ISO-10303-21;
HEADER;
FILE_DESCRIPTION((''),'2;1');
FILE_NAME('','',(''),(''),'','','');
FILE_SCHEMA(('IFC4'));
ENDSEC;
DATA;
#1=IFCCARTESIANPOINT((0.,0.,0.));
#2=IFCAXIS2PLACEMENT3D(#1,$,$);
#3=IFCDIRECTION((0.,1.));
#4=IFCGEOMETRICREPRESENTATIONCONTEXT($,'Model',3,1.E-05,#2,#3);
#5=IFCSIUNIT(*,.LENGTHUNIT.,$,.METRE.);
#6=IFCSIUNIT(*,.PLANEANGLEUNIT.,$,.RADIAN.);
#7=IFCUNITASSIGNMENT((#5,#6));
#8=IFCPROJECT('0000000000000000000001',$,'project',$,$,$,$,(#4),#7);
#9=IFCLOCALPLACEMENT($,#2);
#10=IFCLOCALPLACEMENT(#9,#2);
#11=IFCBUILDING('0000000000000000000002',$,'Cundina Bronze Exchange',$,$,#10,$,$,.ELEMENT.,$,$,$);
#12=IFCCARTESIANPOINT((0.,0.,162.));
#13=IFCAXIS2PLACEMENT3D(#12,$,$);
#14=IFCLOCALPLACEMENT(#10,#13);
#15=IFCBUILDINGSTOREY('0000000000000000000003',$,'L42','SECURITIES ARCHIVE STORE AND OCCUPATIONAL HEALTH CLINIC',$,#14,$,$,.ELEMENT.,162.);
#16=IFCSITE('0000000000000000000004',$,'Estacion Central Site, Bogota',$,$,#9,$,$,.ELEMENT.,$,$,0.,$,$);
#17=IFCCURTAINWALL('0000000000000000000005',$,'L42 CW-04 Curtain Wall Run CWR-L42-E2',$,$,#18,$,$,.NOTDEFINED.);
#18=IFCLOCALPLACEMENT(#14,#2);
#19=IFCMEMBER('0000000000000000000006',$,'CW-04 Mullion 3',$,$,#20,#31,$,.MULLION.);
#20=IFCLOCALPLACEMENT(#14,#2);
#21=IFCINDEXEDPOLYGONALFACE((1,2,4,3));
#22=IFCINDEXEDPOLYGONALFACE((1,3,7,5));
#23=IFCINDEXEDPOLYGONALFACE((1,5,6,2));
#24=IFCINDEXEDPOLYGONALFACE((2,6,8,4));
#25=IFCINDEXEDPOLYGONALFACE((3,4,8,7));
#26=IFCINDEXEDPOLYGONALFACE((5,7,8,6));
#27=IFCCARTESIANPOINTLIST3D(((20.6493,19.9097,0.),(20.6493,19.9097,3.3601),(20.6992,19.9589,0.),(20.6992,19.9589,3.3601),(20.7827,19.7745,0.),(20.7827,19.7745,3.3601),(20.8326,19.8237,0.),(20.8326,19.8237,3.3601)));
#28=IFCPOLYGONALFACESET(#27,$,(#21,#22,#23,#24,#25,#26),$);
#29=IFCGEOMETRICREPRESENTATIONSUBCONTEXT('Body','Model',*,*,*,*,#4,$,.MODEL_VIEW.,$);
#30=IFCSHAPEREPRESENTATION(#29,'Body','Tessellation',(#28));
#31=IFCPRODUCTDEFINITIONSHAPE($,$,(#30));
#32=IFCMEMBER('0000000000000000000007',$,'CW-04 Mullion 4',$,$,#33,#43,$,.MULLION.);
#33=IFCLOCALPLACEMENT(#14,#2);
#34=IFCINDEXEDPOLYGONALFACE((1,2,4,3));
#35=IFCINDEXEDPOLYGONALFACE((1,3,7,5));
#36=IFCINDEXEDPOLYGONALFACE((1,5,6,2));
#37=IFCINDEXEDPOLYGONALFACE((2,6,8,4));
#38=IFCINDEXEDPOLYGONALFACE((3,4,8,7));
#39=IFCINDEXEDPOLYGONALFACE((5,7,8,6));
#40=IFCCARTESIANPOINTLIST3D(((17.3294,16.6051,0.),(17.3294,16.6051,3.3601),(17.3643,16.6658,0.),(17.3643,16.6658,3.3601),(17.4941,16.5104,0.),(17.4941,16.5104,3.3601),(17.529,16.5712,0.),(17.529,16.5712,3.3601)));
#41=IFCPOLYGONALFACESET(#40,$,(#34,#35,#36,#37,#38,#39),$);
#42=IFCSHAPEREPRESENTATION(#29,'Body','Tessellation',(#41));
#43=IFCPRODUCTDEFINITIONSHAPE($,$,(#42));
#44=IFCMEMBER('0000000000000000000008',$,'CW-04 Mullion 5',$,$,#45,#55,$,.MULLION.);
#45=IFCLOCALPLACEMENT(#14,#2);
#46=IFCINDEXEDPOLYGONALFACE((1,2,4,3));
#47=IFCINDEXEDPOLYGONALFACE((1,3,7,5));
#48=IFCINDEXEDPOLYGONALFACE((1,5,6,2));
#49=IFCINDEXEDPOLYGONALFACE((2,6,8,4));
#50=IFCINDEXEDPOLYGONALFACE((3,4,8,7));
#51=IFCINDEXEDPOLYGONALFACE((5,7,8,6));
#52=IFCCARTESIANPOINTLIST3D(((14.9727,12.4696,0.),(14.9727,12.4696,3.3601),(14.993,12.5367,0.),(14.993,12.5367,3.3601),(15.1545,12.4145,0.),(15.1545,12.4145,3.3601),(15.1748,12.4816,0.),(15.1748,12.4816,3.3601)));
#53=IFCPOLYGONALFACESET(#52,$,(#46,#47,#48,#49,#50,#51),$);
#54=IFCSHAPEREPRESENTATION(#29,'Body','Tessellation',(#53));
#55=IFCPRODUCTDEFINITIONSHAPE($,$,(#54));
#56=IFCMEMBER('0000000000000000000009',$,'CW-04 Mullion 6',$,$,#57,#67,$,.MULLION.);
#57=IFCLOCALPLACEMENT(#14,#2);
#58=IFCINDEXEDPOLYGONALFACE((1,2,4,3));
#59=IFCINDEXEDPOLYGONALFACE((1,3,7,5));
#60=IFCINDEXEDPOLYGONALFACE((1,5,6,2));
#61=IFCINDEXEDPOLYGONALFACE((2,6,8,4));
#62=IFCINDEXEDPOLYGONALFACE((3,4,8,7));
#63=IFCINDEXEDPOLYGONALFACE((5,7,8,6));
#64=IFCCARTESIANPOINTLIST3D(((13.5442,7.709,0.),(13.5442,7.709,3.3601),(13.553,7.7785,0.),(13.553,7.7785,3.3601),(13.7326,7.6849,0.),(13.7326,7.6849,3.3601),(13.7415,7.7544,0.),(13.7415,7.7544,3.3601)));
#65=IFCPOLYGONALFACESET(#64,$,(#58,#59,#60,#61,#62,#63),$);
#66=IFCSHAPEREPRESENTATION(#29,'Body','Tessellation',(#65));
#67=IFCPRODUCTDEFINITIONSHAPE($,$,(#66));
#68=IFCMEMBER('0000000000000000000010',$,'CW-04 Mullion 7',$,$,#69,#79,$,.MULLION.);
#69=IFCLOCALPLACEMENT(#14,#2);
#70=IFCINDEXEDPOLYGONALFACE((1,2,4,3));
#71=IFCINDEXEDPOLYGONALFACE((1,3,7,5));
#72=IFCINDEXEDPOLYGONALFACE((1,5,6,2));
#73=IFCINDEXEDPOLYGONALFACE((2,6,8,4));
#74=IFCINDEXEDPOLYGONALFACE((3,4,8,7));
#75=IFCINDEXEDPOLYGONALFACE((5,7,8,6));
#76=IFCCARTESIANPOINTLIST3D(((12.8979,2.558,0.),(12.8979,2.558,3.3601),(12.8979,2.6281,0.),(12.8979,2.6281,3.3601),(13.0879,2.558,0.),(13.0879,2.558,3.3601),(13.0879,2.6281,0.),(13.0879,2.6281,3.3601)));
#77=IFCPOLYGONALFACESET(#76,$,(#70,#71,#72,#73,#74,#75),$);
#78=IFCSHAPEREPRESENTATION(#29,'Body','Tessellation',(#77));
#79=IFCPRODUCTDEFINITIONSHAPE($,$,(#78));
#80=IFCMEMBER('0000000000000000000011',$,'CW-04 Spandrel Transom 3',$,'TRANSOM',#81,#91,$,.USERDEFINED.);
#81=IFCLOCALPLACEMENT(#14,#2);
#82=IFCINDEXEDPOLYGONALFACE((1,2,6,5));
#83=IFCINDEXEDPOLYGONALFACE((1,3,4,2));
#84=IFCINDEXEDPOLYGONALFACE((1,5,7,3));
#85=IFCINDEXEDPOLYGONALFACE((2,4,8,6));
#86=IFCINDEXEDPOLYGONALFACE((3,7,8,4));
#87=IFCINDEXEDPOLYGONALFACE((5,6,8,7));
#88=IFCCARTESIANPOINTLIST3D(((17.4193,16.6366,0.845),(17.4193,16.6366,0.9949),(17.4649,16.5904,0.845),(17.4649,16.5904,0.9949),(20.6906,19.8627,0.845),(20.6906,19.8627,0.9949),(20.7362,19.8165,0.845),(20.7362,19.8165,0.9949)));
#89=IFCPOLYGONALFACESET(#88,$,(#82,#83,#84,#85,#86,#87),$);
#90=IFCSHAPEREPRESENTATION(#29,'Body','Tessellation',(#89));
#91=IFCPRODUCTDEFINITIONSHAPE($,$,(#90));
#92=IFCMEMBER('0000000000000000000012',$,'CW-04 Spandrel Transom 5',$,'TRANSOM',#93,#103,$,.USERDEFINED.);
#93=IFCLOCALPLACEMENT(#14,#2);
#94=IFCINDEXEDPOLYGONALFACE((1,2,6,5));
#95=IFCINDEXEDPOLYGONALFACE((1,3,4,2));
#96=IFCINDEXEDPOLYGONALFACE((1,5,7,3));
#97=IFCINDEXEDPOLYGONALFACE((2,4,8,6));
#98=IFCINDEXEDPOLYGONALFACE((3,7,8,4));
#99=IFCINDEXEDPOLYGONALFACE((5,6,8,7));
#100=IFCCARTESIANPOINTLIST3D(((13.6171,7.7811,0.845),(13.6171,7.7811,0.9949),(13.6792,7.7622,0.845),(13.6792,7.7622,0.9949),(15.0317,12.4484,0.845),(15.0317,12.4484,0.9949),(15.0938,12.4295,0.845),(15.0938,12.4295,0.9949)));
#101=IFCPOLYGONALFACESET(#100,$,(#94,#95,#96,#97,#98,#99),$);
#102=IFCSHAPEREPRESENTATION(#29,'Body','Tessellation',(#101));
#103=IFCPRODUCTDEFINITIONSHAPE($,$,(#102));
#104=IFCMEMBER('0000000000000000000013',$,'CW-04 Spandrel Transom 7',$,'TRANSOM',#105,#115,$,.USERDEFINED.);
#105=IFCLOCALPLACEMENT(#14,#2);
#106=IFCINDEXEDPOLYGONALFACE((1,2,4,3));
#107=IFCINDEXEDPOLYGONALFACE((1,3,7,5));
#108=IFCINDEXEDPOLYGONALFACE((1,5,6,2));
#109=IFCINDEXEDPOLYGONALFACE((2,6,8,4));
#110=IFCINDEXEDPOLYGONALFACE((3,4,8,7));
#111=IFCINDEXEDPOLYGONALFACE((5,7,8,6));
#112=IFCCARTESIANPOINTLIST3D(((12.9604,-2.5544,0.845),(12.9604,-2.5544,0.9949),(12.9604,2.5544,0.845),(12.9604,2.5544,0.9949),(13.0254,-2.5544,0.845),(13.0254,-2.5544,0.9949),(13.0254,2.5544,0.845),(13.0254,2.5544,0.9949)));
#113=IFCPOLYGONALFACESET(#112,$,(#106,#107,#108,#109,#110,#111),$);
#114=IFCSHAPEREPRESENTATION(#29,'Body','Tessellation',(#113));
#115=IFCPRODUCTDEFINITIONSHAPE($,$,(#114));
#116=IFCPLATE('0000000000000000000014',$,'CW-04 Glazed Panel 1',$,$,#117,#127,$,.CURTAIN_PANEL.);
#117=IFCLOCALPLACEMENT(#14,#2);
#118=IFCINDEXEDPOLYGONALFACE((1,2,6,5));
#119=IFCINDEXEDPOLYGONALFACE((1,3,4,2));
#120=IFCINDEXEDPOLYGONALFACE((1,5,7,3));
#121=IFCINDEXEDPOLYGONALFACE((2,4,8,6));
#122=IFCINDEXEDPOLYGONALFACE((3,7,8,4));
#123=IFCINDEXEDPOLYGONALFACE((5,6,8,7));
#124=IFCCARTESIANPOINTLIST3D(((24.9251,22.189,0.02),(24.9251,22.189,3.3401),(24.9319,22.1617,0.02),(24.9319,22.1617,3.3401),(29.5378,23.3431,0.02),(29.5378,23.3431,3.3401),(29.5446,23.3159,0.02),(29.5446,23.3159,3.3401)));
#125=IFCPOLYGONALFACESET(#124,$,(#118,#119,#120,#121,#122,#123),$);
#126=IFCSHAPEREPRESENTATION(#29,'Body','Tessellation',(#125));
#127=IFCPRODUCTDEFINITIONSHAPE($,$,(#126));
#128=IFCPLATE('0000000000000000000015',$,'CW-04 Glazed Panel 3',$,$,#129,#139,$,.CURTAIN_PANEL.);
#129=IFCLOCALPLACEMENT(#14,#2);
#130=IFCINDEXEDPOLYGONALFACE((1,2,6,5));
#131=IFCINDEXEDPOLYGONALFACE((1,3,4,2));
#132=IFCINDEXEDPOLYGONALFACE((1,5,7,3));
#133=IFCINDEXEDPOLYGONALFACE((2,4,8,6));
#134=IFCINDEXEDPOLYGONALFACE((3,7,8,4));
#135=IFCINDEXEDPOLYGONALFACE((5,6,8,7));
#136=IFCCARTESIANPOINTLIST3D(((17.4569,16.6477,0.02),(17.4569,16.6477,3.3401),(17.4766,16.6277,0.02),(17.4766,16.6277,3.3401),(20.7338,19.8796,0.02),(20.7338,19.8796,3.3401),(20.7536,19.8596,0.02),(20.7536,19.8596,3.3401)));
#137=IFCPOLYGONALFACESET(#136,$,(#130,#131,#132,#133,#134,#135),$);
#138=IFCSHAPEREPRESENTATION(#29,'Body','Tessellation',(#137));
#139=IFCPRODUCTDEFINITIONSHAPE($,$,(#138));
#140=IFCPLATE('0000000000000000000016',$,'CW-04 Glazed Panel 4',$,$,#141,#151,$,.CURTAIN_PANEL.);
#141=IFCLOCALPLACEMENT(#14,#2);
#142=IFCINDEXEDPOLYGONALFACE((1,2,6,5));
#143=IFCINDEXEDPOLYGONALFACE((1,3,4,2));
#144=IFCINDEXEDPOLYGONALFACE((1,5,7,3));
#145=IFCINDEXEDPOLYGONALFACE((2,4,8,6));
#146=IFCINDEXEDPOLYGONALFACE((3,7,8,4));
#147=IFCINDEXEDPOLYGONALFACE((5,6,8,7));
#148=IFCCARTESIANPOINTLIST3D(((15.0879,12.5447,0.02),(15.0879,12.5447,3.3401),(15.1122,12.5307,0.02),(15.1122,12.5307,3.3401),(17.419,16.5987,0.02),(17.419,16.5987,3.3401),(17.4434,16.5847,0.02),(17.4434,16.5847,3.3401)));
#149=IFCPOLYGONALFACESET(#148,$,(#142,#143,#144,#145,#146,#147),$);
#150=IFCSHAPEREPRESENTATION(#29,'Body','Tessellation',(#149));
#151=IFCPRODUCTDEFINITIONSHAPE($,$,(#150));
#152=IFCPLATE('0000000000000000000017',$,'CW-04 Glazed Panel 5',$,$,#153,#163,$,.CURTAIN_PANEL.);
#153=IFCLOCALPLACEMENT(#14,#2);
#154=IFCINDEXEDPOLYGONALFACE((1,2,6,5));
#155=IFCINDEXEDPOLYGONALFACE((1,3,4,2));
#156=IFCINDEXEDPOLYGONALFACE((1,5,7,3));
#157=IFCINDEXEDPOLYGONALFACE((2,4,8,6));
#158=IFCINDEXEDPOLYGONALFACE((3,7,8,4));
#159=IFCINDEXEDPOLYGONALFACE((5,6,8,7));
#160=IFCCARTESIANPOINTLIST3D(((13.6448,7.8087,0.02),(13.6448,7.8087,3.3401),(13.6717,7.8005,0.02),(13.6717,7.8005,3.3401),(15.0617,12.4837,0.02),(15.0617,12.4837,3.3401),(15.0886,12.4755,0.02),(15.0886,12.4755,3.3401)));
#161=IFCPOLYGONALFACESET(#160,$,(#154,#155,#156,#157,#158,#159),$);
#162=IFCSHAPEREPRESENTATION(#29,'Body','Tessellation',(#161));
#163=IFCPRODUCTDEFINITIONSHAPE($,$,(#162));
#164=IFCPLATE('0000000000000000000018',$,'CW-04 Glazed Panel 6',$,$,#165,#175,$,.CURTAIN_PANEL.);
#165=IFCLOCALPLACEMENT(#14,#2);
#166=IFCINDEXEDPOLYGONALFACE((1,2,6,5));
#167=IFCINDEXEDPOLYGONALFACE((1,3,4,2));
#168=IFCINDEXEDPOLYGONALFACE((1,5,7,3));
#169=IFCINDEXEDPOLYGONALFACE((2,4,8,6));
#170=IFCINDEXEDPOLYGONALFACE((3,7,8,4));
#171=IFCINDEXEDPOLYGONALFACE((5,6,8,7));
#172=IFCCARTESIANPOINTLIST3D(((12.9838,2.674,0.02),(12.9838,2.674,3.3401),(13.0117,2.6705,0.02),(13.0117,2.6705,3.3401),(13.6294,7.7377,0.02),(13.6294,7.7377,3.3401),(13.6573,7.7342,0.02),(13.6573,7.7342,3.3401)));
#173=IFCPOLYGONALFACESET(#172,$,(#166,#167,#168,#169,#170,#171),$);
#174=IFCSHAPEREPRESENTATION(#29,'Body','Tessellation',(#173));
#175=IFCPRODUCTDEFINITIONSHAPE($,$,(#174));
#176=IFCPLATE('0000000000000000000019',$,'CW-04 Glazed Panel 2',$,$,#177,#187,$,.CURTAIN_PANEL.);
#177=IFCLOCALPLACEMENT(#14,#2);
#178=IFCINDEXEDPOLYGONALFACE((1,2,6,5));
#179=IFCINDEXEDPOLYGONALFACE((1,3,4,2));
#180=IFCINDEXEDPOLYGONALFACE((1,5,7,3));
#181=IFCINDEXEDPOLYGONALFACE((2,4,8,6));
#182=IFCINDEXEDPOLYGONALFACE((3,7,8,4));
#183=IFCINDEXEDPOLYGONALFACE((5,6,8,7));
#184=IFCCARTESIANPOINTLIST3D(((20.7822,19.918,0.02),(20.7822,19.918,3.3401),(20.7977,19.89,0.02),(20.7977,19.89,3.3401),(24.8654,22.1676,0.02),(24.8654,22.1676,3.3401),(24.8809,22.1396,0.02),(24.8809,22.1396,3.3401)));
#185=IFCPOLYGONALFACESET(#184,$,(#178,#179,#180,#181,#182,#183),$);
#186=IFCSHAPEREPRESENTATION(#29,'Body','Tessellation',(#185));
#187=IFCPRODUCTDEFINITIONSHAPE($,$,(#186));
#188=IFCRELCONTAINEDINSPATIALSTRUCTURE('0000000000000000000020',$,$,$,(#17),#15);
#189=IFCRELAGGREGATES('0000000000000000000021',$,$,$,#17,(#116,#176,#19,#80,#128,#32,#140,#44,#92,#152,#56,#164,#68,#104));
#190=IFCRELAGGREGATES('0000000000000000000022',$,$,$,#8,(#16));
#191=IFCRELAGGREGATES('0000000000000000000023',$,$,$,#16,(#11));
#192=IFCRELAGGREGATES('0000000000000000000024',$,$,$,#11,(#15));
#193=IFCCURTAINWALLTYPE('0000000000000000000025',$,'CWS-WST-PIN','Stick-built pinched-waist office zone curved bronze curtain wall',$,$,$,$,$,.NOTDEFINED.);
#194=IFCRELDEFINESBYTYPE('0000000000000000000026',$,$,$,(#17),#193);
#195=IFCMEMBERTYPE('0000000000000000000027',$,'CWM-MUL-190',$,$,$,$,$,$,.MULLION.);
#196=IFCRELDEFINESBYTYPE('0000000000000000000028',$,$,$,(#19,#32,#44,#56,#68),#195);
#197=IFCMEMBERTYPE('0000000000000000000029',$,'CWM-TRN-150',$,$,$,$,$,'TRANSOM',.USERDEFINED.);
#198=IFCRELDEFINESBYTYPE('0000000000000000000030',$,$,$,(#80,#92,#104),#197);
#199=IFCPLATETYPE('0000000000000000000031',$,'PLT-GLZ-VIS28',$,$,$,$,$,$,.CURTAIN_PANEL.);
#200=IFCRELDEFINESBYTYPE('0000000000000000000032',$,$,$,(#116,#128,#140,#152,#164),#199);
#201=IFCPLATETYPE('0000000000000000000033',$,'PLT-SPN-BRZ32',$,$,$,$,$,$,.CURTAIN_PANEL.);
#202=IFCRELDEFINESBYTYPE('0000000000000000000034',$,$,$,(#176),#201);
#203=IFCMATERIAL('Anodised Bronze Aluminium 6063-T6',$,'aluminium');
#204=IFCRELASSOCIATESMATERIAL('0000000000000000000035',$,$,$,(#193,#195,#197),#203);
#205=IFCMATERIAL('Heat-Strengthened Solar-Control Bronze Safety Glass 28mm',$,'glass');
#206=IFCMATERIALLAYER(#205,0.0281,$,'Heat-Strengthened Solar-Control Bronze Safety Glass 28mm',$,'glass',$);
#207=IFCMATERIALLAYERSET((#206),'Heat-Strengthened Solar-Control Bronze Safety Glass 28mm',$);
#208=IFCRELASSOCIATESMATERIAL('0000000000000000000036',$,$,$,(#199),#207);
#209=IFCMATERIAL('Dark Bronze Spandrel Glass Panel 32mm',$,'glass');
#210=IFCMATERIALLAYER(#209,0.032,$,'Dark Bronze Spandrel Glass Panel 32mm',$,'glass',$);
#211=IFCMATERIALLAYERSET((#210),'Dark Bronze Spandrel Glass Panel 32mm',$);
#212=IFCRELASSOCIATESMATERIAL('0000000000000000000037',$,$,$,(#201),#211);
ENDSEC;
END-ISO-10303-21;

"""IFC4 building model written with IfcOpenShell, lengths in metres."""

from ifc_helpers import new_model, si_unit, direction, frame, origin, origin_2d, place, context, subcontext, project, spatial, rectangle, extrude, material, layer, layer_set, material_profile, profile_set, type_object, element, aggregate, save


model = new_model("IFC4")

# Units and contexts
model_context = context("Model", 3, precision=1e-05, world=origin(), true_north=direction((0.0, 1.0)))
body_context = subcontext(model_context, "Body", "Model", "MODEL_VIEW")
ifc_project = project(units=[si_unit("LENGTHUNIT", "METRE"), si_unit("PLANEANGLEUNIT", "RADIAN")], contexts=[model_context])

# Site, building, storey
site_placement = place(None, origin())
site = spatial("IfcSite", under=ifc_project, at=site_placement, Name="Estacion Central Site, Bogota", CompositionType="ELEMENT", RefElevation=0.0)
building_placement = place(site_placement, origin())
building = spatial("IfcBuilding", under=site, at=building_placement, Name="Cundina Bronze Exchange", CompositionType="ELEMENT")
storey_placement = place(building_placement, frame((0.0, 0.0, 162.0)))
storey = spatial("IfcBuildingStorey", under=building, at=storey_placement, Name="L42", Description="SECURITIES ARCHIVE STORE AND OCCUPATIONAL HEALTH CLINIC", CompositionType="ELEMENT", Elevation=162.0)

# Curtain wall, members, plates
ifc_material_1 = material(Name="Anodised Bronze Aluminium 6063-T6", Category="aluminium")
curtain_wall_type = type_object("IfcCurtainWallType", Name="CWS-WST-PIN", Description="Stick-built pinched-waist office zone curved bronze curtain wall", PredefinedType="NOTDEFINED", material=ifc_material_1)
curtain_wall_placement = place(storey_placement, origin())
curtain_wall = element("IfcCurtainWall", 1, at=curtain_wall_placement, inside=storey, type_object=curtain_wall_type, Name="L42 CW-04 Curtain Wall Run CWR-L42-E2", PredefinedType="NOTDEFINED")
ifc_material_profile_1 = material_profile(ifc_material_1, rectangle(XDim=0.0701, YDim=0.1899, at=origin_2d()), Name="AL70X190", Category="aluminium")
ifc_profile_set_1 = profile_set([ifc_material_profile_1], Name="Anodised Bronze Aluminium 6063-T6")
member_type_1 = type_object("IfcMemberType", Name="CWM-MUL-190", PredefinedType="MULLION", material=ifc_profile_set_1)
member_1_placement = place(storey_placement, frame((20.741, 19.8667, 0.0), z_axis=(0.0, 0.0, 1.0), x_axis=(-0.712026, -0.702153, 0.0)))
member_1 = element("IfcMember", 2, at=member_1_placement, type_object=member_type_1, Name="CW-04 Mullion 3", PredefinedType="MULLION", context=body_context, shape_type="SweptSolid", body=[
    extrude(rectangle(XDim=0.0701, YDim=0.1899, at=origin_2d()), origin(), (0.0, 0.0, 1.0), 3.3601),
])
member_2_placement = place(storey_placement, frame((17.4292, 16.5881, 0.0), z_axis=(0.0, 0.0, 1.0), x_axis=(-0.498488, -0.866897, 0.0)))
member_2 = element("IfcMember", 3, at=member_2_placement, type_object=member_type_1, Name="CW-04 Mullion 4", PredefinedType="MULLION", context=body_context, shape_type="SweptSolid", body=[
    extrude(rectangle(XDim=0.0701, YDim=0.1899, at=origin_2d()), origin(), (0.0, 0.0, 1.0), 3.3601),
])
member_3_placement = place(storey_placement, frame((15.0737, 12.4756, 0.0), z_axis=(0.0, 0.0, 1.0), x_axis=(-0.290034, -0.957016, 0.0)))
member_3 = element("IfcMember", 4, at=member_3_placement, type_object=member_type_1, Name="CW-04 Mullion 5", PredefinedType="MULLION", context=body_context, shape_type="SweptSolid", body=[
    extrude(rectangle(XDim=0.0701, YDim=0.1899, at=origin_2d()), origin(), (0.0, 0.0, 1.0), 3.3601),
])
member_4_placement = place(storey_placement, frame((13.6428, 7.7317, 0.0), z_axis=(0.0, 0.0, 1.0), x_axis=(-0.126545, -0.991961, 0.0)))
member_4 = element("IfcMember", 5, at=member_4_placement, type_object=member_type_1, Name="CW-04 Mullion 6", PredefinedType="MULLION", context=body_context, shape_type="SweptSolid", body=[
    extrude(rectangle(XDim=0.0701, YDim=0.1899, at=origin_2d()), origin(), (0.0, 0.0, 1.0), 3.3601),
])
member_5_placement = place(storey_placement, frame((12.9929, 2.593, 0.0), z_axis=(0.0, 0.0, 1.0), x_axis=(0.0, -1.0, 0.0)))
member_5 = element("IfcMember", 6, at=member_5_placement, type_object=member_type_1, Name="CW-04 Mullion 7", PredefinedType="MULLION", context=body_context, shape_type="SweptSolid", body=[
    extrude(rectangle(XDim=0.0701, YDim=0.1899, at=origin_2d()), origin(), (0.0, 0.0, 1.0), 3.3601),
])
ifc_material_profile_2 = material_profile(ifc_material_1, rectangle(XDim=0.0649, YDim=0.1499, at=origin_2d()), Name="AL65X150", Category="aluminium")
ifc_profile_set_2 = profile_set([ifc_material_profile_2], Name="Anodised Bronze Aluminium 6063-T6")
member_type_2 = type_object("IfcMemberType", Name="CWM-TRN-150", ElementType="TRANSOM", PredefinedType="USERDEFINED", material=ifc_profile_set_2)
member_6_placement = place(storey_placement, frame((20.7134, 19.8396, 0.9199), z_axis=(-0.712005, -0.702174, 0.0), x_axis=(0.702174, -0.712005, 0.0)))
member_6 = element("IfcMember", 7, at=member_6_placement, type_object=member_type_2, Name="CW-04 Spandrel Transom 3", ObjectType="TRANSOM", PredefinedType="USERDEFINED", context=body_context, shape_type="SweptSolid", body=[
    extrude(rectangle(XDim=0.0649, YDim=0.1499, at=origin_2d()), origin(), (0.0, 0.0, 1.0), 4.5945),
])
member_7_placement = place(storey_placement, frame((15.0627, 12.439, 0.9199), z_axis=(-0.290052, -0.957011, 0.0), x_axis=(0.957011, -0.290052, 0.0)))
member_7 = element("IfcMember", 8, at=member_7_placement, type_object=member_type_2, Name="CW-04 Spandrel Transom 5", ObjectType="TRANSOM", PredefinedType="USERDEFINED", context=body_context, shape_type="SweptSolid", body=[
    extrude(rectangle(XDim=0.0649, YDim=0.1499, at=origin_2d()), origin(), (0.0, 0.0, 1.0), 4.877),
])
member_8_placement = place(storey_placement, frame((12.9929, 2.5544, 0.9199), z_axis=(0.0, -1.0, 0.0), x_axis=(1.0, 0.0, 0.0)))
member_8 = element("IfcMember", 9, at=member_8_placement, type_object=member_type_2, Name="CW-04 Spandrel Transom 7", ObjectType="TRANSOM", PredefinedType="USERDEFINED", context=body_context, shape_type="SweptSolid", body=[
    extrude(rectangle(XDim=0.0649, YDim=0.1499, at=origin_2d()), origin(), (0.0, 0.0, 1.0), 5.1089),
])
ifc_material_2 = material(Name="Heat-Strengthened Solar-Control Bronze Safety Glass 28mm", Category="glass")
ifc_layer_1 = layer(ifc_material_2, 0.0281, Name="Heat-Strengthened Solar-Control Bronze Safety Glass 28mm", Category="glass")
ifc_layer_set_1 = layer_set([ifc_layer_1], Name="Heat-Strengthened Solar-Control Bronze Safety Glass 28mm")
plate_type_1 = type_object("IfcPlateType", Name="PLT-GLZ-VIS28", PredefinedType="CURTAIN_PANEL", material=ifc_layer_set_1)
plate_1_placement = place(storey_placement, frame((27.2349, 22.7524, 0.02), z_axis=(0.0, 0.0, 1.0), x_axis=(-0.970093, -0.242735, 0.0)))
plate_1 = element("IfcPlate", 10, at=plate_1_placement, type_object=plate_type_1, Name="CW-04 Glazed Panel 1", PredefinedType="CURTAIN_PANEL", context=body_context, shape_type="SweptSolid", body=[
    extrude(rectangle(XDim=4.7549, YDim=0.0281, at=origin_2d()), origin(), (0.0, 0.0, 1.0), 3.3201),
])
plate_2_placement = place(storey_placement, frame((19.1052, 18.2537, 0.02), z_axis=(0.0, 0.0, 1.0), x_axis=(-0.711989, -0.70219, 0.0)))
plate_2 = element("IfcPlate", 11, at=plate_2_placement, type_object=plate_type_1, Name="CW-04 Glazed Panel 3", PredefinedType="CURTAIN_PANEL", context=body_context, shape_type="SweptSolid", body=[
    extrude(rectangle(XDim=4.6025, YDim=0.0281, at=origin_2d()), origin(), (0.0, 0.0, 1.0), 3.3201),
])
plate_3_placement = place(storey_placement, frame((16.2656, 14.5647, 0.02), z_axis=(0.0, 0.0, 1.0), x_axis=(-0.498488, -0.866897, 0.0)))
plate_3 = element("IfcPlate", 12, at=plate_3_placement, type_object=plate_type_1, Name="CW-04 Glazed Panel 4", PredefinedType="CURTAIN_PANEL", context=body_context, shape_type="SweptSolid", body=[
    extrude(rectangle(XDim=4.6765, YDim=0.0281, at=origin_2d()), origin(), (0.0, 0.0, 1.0), 3.3201),
])
plate_4_placement = place(storey_placement, frame((14.3667, 10.1421, 0.02), z_axis=(0.0, 0.0, 1.0), x_axis=(-0.290051, -0.957011, 0.0)))
plate_4 = element("IfcPlate", 13, at=plate_4_placement, type_object=plate_type_1, Name="CW-04 Glazed Panel 5", PredefinedType="CURTAIN_PANEL", context=body_context, shape_type="SweptSolid", body=[
    extrude(rectangle(XDim=4.885, YDim=0.0281, at=origin_2d()), origin(), (0.0, 0.0, 1.0), 3.3201),
])
plate_5_placement = place(storey_placement, frame((13.3206, 5.2041, 0.02), z_axis=(0.0, 0.0, 1.0), x_axis=(-0.126476, -0.99197, 0.0)))
plate_5 = element("IfcPlate", 14, at=plate_5_placement, type_object=plate_type_1, Name="CW-04 Glazed Panel 6", PredefinedType="CURTAIN_PANEL", context=body_context, shape_type="SweptSolid", body=[
    extrude(rectangle(XDim=5.1047, YDim=0.0281, at=origin_2d()), origin(), (0.0, 0.0, 1.0), 3.3201),
])
ifc_material_3 = material(Name="Dark Bronze Spandrel Glass Panel 32mm", Category="glass")
ifc_layer_2 = layer(ifc_material_3, 0.032, Name="Dark Bronze Spandrel Glass Panel 32mm", Category="glass")
ifc_layer_set_2 = layer_set([ifc_layer_2], Name="Dark Bronze Spandrel Glass Panel 32mm")
plate_type_2 = type_object("IfcPlateType", Name="PLT-SPN-BRZ32", PredefinedType="CURTAIN_PANEL", material=ifc_layer_set_2)
plate_6_placement = place(storey_placement, frame((22.8315, 21.0288, 0.02), z_axis=(0.0, 0.0, 1.0), x_axis=(-0.875869, -0.482549, 0.0)))
plate_6 = element("IfcPlate", 15, at=plate_6_placement, type_object=plate_type_2, Name="CW-04 Glazed Panel 2", PredefinedType="CURTAIN_PANEL", context=body_context, shape_type="SweptSolid", body=[
    extrude(rectangle(XDim=4.6619, YDim=0.032, at=origin_2d()), origin(), (0.0, 0.0, 1.0), 3.3201),
])
aggregate(curtain_wall, [plate_1, plate_6, member_1, member_6, plate_2, member_2, plate_3, member_3, member_7, plate_4, member_4, plate_5, member_5, member_8])

save(model, "model.ifc")
